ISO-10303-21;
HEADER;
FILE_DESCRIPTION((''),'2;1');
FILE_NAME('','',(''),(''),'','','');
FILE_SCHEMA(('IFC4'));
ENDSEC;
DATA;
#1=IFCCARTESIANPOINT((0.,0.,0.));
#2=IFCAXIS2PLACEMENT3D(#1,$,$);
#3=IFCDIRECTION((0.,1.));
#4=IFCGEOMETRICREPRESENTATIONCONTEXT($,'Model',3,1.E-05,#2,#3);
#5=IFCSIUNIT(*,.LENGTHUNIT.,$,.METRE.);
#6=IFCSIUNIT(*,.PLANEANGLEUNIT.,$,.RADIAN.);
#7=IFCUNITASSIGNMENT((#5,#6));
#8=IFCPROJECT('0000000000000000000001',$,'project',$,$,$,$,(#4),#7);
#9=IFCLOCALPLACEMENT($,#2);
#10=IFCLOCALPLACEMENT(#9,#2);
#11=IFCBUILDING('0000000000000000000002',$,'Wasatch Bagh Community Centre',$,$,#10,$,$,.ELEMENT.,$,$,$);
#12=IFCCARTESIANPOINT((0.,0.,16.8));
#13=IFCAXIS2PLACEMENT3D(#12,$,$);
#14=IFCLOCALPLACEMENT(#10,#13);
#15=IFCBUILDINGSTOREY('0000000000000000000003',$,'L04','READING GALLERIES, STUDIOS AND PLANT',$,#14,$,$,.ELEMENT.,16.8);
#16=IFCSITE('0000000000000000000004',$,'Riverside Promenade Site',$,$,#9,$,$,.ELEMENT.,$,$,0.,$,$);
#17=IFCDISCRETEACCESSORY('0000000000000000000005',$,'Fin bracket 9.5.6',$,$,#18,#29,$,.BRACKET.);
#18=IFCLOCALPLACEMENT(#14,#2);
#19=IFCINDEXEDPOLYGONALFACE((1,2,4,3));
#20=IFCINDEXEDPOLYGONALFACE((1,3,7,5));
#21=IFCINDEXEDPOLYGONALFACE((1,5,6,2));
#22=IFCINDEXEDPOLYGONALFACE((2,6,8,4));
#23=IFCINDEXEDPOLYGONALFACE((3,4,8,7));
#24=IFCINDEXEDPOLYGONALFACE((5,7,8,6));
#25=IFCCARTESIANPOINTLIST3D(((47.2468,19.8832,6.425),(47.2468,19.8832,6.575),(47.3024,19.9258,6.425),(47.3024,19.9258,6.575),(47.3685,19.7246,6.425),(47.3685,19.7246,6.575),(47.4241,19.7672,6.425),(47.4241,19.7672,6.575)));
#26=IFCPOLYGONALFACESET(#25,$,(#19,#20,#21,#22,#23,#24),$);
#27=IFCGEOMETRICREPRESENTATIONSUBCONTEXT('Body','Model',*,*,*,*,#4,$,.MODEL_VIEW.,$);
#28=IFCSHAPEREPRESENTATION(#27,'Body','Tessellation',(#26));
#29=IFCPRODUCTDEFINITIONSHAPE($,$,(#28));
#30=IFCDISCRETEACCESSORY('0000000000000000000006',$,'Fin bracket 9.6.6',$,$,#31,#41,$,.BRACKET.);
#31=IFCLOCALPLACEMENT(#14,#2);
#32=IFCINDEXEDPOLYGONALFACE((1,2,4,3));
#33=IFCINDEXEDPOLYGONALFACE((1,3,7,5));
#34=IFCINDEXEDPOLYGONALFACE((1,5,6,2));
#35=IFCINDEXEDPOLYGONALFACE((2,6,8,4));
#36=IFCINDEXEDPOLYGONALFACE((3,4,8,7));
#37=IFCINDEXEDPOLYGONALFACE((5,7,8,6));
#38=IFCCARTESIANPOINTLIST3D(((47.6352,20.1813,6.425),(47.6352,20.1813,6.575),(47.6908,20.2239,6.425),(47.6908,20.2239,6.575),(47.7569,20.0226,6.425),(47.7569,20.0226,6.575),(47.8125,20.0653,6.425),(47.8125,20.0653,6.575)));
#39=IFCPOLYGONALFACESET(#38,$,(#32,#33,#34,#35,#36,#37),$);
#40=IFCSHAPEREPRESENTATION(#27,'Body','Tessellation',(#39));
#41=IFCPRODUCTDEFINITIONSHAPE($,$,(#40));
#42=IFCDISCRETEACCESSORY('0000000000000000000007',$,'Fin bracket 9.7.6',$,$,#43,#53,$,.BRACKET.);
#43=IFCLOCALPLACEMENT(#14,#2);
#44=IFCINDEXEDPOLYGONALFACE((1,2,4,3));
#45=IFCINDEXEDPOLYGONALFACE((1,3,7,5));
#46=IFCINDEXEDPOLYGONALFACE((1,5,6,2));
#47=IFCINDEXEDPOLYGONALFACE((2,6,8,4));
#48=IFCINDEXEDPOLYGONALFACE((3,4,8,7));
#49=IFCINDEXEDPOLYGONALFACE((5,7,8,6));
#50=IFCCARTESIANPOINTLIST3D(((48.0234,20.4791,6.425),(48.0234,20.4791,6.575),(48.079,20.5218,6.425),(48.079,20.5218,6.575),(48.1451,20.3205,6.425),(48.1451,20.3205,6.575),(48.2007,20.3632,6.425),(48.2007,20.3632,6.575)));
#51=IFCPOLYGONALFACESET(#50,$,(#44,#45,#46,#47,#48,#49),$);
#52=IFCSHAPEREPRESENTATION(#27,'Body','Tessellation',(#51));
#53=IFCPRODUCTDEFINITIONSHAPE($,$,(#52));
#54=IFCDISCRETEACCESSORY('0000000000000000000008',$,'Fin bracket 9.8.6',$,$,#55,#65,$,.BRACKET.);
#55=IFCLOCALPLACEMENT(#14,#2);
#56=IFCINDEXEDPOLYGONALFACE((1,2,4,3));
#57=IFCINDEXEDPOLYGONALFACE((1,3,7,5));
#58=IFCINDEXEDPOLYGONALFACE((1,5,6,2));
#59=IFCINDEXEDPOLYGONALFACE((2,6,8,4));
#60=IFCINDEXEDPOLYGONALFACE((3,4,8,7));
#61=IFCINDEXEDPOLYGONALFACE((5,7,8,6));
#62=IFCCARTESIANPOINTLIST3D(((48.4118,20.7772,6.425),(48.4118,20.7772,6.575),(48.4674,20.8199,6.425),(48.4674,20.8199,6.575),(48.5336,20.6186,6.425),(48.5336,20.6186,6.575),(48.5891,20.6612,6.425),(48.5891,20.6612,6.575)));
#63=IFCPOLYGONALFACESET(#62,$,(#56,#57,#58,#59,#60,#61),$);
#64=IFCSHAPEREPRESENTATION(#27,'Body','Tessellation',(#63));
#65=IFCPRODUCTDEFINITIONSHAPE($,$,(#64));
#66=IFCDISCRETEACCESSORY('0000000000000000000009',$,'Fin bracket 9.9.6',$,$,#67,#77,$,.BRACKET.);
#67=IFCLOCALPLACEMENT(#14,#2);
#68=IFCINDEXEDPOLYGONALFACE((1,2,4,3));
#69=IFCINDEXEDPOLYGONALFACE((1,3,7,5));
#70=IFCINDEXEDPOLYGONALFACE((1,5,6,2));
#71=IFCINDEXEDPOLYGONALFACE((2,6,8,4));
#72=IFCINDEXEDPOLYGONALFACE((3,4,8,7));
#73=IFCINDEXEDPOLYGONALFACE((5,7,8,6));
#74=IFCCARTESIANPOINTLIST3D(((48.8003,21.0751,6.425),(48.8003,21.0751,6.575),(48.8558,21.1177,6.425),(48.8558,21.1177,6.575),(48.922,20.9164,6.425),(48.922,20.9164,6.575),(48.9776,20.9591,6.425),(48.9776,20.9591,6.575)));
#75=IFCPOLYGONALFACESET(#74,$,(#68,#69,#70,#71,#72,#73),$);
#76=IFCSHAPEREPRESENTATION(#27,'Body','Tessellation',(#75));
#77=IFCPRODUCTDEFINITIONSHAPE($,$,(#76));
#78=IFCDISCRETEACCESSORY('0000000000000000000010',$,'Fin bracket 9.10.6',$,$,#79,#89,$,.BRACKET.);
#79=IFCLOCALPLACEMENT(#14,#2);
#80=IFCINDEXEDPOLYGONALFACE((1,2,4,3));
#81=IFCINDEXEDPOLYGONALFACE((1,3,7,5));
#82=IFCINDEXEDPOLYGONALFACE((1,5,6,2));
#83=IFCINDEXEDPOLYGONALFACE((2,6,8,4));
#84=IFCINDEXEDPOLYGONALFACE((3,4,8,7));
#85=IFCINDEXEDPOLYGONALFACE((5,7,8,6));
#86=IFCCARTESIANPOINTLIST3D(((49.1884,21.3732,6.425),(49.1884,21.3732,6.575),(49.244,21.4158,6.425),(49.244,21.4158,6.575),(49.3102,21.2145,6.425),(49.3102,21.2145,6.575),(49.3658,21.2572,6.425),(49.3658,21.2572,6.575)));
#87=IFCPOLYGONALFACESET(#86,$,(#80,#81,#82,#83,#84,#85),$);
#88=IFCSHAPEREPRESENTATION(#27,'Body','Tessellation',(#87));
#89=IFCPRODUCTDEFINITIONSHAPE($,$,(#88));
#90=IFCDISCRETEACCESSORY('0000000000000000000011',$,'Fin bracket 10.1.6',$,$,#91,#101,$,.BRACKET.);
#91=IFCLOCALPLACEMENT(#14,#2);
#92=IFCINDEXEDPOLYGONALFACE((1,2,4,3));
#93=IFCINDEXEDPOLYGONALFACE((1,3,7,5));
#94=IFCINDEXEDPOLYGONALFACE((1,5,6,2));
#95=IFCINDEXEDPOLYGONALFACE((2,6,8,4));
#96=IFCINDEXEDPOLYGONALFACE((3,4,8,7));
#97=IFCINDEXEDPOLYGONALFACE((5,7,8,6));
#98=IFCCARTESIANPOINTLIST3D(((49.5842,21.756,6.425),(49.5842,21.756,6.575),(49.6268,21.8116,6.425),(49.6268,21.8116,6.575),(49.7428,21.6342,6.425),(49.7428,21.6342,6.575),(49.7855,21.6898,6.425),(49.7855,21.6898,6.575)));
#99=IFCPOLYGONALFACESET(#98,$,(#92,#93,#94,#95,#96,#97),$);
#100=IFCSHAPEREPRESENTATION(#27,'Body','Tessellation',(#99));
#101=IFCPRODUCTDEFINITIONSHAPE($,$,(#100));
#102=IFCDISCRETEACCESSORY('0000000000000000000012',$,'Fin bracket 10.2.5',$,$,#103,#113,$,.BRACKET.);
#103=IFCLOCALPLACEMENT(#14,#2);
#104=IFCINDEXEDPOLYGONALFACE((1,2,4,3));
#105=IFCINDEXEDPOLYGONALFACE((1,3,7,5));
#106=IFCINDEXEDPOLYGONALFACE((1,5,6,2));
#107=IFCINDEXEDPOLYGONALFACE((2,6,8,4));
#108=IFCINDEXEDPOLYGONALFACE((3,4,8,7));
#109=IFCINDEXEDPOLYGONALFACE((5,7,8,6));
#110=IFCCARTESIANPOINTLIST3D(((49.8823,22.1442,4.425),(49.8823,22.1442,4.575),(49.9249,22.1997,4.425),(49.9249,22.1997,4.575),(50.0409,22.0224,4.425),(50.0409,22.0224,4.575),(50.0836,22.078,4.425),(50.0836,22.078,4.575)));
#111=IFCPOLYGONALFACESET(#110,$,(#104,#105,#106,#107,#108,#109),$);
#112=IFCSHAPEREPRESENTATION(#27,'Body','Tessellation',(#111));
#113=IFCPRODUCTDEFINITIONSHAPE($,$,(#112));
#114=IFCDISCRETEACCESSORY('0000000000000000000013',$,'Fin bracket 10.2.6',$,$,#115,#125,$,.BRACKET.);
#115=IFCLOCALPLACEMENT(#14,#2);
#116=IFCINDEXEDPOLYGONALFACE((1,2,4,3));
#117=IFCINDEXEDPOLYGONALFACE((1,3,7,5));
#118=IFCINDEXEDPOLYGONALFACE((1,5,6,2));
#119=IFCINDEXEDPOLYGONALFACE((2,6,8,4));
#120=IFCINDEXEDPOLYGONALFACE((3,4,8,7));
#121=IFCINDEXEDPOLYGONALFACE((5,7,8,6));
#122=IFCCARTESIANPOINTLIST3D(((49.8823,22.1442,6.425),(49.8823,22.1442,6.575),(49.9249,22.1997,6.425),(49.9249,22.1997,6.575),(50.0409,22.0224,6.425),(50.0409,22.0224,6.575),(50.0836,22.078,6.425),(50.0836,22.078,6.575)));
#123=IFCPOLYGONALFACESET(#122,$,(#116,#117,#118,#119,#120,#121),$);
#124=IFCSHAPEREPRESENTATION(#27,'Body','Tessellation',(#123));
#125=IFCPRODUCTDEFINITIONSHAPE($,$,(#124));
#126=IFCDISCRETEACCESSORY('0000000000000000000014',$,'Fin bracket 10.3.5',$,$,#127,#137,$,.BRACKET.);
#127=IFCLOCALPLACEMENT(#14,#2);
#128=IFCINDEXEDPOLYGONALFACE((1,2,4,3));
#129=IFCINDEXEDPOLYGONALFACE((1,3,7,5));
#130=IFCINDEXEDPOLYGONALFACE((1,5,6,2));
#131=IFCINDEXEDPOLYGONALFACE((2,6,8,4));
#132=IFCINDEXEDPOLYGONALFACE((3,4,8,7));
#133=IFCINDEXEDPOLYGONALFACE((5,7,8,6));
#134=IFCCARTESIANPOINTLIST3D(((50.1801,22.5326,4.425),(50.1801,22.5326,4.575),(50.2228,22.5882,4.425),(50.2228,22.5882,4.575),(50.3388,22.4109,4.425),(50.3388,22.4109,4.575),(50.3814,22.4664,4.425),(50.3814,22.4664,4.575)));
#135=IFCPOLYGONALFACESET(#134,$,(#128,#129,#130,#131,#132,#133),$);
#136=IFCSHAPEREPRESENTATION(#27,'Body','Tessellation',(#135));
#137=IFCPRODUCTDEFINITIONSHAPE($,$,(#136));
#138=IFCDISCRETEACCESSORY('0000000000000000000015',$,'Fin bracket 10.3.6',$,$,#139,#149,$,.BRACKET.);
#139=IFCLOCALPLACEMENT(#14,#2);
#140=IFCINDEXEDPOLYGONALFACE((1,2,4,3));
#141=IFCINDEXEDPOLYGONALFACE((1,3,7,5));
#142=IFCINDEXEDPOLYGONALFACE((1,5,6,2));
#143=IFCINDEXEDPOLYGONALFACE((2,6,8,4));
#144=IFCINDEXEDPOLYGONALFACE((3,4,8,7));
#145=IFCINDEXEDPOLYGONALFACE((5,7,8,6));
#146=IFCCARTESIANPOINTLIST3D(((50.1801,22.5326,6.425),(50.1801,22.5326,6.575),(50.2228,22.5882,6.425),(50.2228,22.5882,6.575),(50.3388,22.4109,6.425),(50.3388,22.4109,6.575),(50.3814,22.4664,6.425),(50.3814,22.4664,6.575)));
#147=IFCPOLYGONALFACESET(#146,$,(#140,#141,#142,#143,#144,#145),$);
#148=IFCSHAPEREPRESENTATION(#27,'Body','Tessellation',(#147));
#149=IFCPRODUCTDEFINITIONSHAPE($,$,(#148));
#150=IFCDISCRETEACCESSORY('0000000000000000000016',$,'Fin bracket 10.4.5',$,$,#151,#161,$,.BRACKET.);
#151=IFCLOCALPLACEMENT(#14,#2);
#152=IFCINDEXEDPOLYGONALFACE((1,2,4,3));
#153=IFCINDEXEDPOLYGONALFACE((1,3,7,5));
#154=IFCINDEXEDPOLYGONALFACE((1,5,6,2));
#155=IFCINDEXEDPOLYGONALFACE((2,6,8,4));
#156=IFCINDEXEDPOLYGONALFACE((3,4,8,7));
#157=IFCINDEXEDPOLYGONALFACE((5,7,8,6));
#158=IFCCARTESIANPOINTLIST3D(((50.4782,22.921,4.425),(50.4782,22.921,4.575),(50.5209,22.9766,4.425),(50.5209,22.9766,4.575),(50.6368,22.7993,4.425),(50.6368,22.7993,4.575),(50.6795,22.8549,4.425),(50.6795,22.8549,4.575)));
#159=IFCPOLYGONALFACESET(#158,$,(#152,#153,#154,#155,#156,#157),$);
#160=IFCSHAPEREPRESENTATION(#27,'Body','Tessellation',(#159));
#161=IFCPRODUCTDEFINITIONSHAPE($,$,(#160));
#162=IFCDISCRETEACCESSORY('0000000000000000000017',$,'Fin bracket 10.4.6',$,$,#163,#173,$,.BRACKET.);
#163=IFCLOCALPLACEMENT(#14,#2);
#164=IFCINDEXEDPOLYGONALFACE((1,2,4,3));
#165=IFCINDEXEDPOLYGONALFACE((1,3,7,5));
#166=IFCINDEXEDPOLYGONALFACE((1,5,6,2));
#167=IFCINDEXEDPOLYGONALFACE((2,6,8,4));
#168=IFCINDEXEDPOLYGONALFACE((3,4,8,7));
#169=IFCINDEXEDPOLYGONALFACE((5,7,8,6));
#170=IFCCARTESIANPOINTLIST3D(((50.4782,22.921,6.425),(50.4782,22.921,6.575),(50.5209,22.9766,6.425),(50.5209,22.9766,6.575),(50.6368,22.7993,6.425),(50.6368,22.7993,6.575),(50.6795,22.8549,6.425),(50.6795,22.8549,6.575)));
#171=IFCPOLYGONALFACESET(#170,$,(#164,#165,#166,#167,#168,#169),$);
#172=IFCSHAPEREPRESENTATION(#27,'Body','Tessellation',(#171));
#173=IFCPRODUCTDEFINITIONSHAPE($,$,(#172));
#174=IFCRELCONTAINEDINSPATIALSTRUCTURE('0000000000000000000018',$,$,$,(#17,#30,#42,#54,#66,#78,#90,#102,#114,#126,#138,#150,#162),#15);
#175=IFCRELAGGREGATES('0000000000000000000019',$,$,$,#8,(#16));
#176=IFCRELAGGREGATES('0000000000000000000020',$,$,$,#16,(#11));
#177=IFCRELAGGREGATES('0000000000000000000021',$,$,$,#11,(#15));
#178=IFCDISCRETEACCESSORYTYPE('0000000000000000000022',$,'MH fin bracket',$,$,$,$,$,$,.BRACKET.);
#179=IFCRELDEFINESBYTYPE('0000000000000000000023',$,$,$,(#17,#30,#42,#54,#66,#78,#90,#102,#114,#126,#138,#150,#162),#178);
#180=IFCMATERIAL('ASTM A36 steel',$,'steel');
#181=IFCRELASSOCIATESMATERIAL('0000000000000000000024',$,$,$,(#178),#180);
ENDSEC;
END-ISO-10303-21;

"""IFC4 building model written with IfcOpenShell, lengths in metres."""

from ifc_helpers import new_model, si_unit, direction, frame, origin, origin_2d, place, context, subcontext, project, spatial, rectangle, extrude, material, type_object, element, save


model = new_model("IFC4")

# Units and contexts
model_context = context("Model", 3, precision=1e-05, world=origin(), true_north=direction((0.0, 1.0)))
body_context = subcontext(model_context, "Body", "Model", "MODEL_VIEW")
ifc_project = project(units=[si_unit("LENGTHUNIT", "METRE"), si_unit("PLANEANGLEUNIT", "RADIAN")], contexts=[model_context])

# Site, building, storey
site_placement = place(None, origin())
site = spatial("IfcSite", under=ifc_project, at=site_placement, Name="Riverside Promenade Site", CompositionType="ELEMENT", RefElevation=0.0)
building_placement = place(site_placement, origin())
building = spatial("IfcBuilding", under=site, at=building_placement, Name="Wasatch Bagh Community Centre", CompositionType="ELEMENT")
storey_placement = place(building_placement, frame((0.0, 0.0, 16.8)))
storey = spatial("IfcBuildingStorey", under=building, at=storey_placement, Name="L04", Description="READING GALLERIES, STUDIOS AND PLANT", CompositionType="ELEMENT", Elevation=16.8)

# Shared definitions
ifc_material_1 = material(Name="ASTM A36 steel", Category="steel")

# Discrete accessories
discrete_accessory_type = type_object("IfcDiscreteAccessoryType", Name="MH fin bracket", PredefinedType="BRACKET", material=ifc_material_1)
for number, where, z_axis, x_axis, name in (
    (1, (47.3354, 19.8252, 6.425), (0.0, 0.0, 1.0), (0.793353, 0.608761, 0.0), "Fin bracket 9.5.6"),
    (2, (47.7239, 20.1233, 6.425), (0.0, 0.0, 1.0), (0.793353, 0.608761, 0.0), "Fin bracket 9.6.6"),
    (3, (48.1121, 20.4211, 6.425), (0.0, 0.0, 1.0), (0.793353, 0.608761, 0.0), "Fin bracket 9.7.6"),
    (4, (48.5005, 20.7192, 6.425), (0.0, 0.0, 1.0), (0.793353, 0.608761, 0.0), "Fin bracket 9.8.6"),
    (5, (48.8889, 21.0171, 6.425), (0.0, 0.0, 1.0), (0.793353, 0.608761, 0.0), "Fin bracket 9.9.6"),
    (6, (49.2771, 21.3152, 6.425), (0.0, 0.0, 1.0), (0.793353, 0.608761, 0.0), "Fin bracket 9.10.6"),
    (7, (49.6848, 21.7229, 6.425), (0.0, 0.0, 1.0), (0.608761, 0.793353, 0.0), "Fin bracket 10.1.6"),
    (8, (49.9829, 22.1111, 4.425), (0.0, 0.0, 1.0), (0.608761, 0.793353, 0.0), "Fin bracket 10.2.5"),
    (9, (49.9829, 22.1111, 6.425), (0.0, 0.0, 1.0), (0.608761, 0.793353, 0.0), "Fin bracket 10.2.6"),
    (10, (50.2808, 22.4995, 4.425), (0.0, 0.0, 1.0), (0.608761, 0.793353, 0.0), "Fin bracket 10.3.5"),
    (11, (50.2808, 22.4995, 6.425), (0.0, 0.0, 1.0), (0.608761, 0.793353, 0.0), "Fin bracket 10.3.6"),
    (12, (50.5789, 22.8879, 4.425), (0.0, 0.0, 1.0), (0.608761, 0.793353, 0.0), "Fin bracket 10.4.5"),
    (13, (50.5789, 22.8879, 6.425), (0.0, 0.0, 1.0), (0.608761, 0.793353, 0.0), "Fin bracket 10.4.6"),
):
    element("IfcDiscreteAccessory", number, at=place(storey_placement, frame(where, z_axis=z_axis, x_axis=x_axis)), inside=storey, type_object=discrete_accessory_type, Name=name, PredefinedType="BRACKET", context=body_context, shape_type="SweptSolid", body=[
        extrude(rectangle(XDim=0.0701, YDim=0.2, at=origin_2d()), origin(), (0.0, 0.0, 1.0), 0.1499),
    ])

save(model, "model.ifc")
